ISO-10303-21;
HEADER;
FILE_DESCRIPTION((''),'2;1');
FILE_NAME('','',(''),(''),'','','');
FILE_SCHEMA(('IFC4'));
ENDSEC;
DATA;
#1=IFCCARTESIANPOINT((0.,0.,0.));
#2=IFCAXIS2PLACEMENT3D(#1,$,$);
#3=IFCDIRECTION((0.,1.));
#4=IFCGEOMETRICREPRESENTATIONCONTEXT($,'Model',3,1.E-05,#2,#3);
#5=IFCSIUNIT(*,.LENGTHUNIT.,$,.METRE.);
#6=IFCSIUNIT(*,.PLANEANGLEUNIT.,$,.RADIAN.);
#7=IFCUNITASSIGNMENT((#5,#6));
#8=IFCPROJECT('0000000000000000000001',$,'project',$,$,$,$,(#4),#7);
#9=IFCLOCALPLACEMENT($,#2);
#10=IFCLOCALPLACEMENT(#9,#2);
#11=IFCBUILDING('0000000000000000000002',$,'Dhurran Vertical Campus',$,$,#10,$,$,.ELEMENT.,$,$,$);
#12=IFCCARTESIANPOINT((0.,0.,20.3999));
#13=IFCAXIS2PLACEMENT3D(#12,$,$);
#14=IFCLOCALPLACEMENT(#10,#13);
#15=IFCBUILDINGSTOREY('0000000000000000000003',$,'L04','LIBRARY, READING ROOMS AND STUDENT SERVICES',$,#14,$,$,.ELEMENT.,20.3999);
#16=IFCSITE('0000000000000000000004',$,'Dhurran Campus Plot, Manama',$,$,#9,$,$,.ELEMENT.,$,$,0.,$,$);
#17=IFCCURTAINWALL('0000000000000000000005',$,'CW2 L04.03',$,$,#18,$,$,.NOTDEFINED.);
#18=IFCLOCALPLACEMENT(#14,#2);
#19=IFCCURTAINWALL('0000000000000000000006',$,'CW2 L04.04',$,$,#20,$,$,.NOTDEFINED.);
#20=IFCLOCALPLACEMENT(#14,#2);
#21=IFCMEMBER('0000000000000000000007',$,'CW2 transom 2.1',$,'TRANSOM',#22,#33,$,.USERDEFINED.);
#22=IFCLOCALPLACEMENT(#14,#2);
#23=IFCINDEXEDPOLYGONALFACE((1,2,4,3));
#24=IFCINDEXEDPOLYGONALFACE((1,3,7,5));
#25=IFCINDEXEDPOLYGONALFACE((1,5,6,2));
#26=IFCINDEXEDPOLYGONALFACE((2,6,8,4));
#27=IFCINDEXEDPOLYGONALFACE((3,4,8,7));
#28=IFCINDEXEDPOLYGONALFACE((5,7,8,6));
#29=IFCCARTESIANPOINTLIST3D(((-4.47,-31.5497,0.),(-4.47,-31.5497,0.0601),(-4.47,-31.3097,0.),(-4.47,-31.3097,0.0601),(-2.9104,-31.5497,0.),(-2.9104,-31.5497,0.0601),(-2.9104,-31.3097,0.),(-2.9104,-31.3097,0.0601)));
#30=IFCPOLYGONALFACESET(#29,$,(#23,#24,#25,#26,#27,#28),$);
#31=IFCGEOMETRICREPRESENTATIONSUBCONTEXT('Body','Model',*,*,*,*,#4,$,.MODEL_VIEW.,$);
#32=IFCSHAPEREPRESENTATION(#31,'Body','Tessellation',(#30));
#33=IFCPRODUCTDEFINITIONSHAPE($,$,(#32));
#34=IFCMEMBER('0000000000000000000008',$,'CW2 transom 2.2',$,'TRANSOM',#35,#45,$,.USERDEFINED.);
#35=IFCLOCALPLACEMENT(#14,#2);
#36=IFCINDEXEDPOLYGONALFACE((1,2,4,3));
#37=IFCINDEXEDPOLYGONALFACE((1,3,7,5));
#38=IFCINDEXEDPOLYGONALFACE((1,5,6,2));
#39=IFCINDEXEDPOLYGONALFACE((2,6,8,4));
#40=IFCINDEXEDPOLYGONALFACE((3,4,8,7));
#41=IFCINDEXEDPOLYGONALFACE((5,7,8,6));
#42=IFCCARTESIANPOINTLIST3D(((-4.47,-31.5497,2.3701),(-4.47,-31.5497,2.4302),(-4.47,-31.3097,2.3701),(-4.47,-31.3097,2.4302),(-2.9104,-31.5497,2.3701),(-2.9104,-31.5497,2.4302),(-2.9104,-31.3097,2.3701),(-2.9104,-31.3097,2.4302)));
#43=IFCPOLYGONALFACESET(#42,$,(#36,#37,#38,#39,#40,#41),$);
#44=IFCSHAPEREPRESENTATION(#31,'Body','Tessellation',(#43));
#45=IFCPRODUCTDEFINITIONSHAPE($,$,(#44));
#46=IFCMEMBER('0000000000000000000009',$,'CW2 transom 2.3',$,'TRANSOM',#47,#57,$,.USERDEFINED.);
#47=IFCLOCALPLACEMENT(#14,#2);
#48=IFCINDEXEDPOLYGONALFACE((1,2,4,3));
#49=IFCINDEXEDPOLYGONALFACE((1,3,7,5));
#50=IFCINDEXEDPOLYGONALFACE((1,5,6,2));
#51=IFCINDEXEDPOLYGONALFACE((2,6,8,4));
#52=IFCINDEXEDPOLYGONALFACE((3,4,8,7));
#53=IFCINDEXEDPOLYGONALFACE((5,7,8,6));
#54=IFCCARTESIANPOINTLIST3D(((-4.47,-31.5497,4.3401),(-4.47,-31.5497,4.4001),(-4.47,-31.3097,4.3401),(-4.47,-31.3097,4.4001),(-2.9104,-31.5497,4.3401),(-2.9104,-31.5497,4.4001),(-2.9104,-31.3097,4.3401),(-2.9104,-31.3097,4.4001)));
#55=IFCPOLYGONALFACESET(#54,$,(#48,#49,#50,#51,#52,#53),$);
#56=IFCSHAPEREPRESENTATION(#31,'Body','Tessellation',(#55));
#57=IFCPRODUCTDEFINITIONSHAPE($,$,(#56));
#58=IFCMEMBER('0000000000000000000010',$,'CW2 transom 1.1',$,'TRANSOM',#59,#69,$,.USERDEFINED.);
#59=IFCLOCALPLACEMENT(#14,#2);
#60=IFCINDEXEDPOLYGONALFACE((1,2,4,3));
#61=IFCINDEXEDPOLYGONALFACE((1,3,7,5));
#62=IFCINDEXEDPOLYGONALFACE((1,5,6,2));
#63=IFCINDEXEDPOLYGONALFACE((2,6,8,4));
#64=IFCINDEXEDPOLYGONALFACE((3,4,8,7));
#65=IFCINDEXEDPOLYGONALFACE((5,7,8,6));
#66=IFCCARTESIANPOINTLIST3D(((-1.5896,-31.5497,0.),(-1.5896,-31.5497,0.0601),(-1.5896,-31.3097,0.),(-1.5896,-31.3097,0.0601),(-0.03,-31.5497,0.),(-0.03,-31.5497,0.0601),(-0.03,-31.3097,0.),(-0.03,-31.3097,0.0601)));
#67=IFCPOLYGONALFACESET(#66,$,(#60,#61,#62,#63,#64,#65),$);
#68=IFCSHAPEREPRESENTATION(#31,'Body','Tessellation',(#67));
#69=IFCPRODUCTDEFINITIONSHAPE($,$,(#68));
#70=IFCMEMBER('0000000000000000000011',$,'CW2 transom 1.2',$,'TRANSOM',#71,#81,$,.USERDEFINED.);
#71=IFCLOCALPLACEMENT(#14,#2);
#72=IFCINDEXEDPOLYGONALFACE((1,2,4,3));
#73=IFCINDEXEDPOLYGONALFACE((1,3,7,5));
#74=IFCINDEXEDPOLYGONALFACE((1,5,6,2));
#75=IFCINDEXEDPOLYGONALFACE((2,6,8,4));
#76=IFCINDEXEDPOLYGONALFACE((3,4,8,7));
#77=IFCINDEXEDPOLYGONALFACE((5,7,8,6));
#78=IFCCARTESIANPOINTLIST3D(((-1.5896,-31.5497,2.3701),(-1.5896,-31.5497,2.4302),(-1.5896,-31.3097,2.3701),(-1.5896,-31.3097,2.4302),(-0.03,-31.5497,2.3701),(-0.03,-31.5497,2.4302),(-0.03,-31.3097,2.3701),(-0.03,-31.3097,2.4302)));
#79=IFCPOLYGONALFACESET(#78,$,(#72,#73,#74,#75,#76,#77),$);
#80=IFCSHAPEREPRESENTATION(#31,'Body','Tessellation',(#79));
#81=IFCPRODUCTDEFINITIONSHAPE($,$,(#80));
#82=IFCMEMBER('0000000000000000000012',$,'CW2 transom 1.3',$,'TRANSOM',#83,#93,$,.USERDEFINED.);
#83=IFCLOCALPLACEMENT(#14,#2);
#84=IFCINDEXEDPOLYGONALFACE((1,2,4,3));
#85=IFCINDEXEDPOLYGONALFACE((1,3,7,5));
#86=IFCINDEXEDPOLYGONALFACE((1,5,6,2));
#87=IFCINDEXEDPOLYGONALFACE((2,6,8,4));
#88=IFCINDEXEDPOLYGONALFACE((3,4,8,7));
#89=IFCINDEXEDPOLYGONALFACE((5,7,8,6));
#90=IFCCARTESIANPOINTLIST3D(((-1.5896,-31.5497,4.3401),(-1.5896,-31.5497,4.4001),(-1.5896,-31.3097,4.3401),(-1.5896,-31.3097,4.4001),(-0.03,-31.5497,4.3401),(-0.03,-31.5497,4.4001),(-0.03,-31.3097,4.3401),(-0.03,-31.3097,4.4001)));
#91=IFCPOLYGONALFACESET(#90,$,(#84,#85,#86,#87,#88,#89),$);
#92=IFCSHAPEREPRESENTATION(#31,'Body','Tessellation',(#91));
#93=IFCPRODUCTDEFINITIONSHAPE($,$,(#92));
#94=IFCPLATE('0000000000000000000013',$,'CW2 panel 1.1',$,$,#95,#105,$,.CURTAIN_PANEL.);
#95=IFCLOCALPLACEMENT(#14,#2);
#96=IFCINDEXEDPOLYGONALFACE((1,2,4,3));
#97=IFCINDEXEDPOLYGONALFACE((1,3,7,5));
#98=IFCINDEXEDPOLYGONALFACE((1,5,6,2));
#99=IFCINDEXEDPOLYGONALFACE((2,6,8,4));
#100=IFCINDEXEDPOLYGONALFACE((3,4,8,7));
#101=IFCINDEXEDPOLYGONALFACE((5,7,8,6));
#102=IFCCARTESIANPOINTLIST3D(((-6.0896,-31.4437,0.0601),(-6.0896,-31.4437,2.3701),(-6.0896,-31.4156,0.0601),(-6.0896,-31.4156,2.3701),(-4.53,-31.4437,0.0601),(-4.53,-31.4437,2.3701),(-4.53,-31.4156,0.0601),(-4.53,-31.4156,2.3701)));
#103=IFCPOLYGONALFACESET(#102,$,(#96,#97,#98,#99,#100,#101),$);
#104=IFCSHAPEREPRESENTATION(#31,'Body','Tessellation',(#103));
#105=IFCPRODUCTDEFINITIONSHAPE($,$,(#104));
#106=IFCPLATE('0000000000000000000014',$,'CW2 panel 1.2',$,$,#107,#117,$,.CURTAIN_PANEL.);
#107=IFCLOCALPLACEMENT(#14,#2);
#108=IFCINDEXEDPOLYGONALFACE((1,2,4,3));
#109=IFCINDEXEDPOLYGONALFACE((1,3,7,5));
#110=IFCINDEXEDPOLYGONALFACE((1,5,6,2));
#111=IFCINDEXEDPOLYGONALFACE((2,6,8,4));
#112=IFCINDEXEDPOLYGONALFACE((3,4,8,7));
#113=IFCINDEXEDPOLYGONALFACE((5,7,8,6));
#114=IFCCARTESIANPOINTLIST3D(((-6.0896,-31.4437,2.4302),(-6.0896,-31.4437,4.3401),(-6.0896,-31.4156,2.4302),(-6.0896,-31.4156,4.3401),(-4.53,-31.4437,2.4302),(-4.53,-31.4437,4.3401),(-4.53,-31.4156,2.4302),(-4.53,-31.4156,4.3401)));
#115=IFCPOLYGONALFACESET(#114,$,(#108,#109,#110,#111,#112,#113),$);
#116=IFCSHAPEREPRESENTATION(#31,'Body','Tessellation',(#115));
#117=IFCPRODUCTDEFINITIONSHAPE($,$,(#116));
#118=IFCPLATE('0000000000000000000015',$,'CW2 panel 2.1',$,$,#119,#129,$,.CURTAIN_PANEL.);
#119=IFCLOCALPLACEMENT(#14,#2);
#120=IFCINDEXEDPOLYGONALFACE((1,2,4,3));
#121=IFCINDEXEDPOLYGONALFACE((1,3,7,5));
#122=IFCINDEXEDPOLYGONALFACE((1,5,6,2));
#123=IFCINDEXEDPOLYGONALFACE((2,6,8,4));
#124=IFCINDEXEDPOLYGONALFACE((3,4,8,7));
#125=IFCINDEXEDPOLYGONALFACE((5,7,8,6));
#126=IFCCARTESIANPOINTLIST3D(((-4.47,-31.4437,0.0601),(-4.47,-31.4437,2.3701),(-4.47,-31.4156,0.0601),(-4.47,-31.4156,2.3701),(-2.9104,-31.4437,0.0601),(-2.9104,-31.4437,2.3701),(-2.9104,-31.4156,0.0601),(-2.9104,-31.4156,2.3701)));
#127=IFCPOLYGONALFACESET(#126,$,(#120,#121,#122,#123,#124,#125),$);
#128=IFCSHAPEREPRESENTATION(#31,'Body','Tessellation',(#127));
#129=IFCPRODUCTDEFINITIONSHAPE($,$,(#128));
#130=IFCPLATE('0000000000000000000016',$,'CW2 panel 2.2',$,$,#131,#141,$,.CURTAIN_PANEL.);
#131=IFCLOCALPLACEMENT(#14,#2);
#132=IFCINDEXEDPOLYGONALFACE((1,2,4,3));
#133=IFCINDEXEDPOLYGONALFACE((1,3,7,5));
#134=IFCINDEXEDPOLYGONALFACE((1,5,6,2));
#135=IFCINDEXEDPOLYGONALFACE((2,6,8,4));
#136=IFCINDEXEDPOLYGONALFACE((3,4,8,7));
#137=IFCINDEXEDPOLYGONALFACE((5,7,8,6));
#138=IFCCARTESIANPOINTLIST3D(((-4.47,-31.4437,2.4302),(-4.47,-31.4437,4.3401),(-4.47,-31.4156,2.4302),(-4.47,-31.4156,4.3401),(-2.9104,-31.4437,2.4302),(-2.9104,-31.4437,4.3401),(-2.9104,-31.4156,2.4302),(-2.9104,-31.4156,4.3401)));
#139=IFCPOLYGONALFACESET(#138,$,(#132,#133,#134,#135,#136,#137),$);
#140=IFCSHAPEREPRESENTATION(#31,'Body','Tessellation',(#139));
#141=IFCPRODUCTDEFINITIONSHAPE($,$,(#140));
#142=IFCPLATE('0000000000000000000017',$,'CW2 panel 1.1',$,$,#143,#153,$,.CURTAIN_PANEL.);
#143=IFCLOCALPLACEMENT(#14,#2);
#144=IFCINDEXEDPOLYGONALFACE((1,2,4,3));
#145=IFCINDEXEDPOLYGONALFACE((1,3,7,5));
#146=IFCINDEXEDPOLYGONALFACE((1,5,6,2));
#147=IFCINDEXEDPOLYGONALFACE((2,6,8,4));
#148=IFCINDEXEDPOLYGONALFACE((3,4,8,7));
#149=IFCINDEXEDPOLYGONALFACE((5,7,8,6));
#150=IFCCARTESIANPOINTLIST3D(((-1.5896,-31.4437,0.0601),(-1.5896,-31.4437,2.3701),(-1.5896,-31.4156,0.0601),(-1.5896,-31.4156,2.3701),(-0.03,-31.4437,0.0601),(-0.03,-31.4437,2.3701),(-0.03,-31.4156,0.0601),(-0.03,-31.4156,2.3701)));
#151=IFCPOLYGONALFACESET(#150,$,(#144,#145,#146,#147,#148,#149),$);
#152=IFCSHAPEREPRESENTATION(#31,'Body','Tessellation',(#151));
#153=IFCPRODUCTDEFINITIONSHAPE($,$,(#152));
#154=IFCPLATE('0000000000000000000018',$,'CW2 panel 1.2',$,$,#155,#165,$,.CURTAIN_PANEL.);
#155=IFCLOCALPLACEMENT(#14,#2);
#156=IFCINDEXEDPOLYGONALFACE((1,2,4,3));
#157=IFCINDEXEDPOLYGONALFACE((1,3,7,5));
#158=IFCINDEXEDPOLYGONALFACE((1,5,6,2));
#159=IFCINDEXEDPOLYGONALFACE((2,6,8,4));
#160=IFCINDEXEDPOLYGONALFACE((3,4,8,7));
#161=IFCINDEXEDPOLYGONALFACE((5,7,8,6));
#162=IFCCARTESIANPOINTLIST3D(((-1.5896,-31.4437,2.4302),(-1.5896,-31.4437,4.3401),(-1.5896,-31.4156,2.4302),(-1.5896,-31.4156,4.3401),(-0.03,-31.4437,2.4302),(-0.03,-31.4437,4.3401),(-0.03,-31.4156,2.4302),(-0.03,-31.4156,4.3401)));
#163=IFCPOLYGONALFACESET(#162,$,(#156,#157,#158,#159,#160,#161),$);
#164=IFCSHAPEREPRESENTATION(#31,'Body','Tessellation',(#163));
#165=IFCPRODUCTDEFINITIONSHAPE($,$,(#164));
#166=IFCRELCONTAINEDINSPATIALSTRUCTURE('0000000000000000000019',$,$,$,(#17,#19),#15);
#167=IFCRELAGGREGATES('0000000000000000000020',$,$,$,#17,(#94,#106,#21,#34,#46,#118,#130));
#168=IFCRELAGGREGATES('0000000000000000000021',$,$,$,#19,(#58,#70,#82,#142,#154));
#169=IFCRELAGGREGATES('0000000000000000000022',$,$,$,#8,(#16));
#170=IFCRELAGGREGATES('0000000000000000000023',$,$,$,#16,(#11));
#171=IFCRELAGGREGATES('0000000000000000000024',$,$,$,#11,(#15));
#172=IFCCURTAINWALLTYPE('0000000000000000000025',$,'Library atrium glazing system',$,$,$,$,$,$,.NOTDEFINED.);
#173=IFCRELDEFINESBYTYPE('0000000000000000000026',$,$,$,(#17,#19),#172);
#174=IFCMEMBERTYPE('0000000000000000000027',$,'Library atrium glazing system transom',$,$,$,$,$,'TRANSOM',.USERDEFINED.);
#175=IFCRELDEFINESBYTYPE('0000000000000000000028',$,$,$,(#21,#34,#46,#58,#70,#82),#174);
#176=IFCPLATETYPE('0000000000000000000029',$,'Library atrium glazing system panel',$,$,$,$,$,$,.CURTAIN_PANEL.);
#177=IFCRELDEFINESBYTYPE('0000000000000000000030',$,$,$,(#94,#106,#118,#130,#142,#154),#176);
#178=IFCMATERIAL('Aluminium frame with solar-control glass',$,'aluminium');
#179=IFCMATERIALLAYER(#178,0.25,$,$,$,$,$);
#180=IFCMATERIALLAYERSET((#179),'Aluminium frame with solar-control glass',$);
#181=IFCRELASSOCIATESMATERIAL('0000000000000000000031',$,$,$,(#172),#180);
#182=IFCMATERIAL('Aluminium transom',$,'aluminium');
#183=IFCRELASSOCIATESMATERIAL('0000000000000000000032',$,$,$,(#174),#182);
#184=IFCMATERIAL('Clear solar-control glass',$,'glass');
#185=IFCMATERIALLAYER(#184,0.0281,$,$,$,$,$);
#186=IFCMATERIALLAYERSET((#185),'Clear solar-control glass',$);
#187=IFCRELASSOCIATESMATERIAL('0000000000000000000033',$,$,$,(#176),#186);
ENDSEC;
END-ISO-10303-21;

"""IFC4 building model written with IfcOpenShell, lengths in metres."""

from ifc_helpers import new_model, si_unit, direction, frame, origin, origin_2d, place, context, subcontext, project, spatial, rectangle, extrude, material, layer, layer_set, material_profile, profile_set, type_object, element, aggregate, save


model = new_model("IFC4")

# Units and contexts
model_context = context("Model", 3, precision=1e-05, world=origin(), true_north=direction((0.0, 1.0)))
body_context = subcontext(model_context, "Body", "Model", "MODEL_VIEW")
ifc_project = project(units=[si_unit("LENGTHUNIT", "METRE"), si_unit("PLANEANGLEUNIT", "RADIAN")], contexts=[model_context])

# Site, building, storey
site_placement = place(None, origin())
site = spatial("IfcSite", under=ifc_project, at=site_placement, Name="Dhurran Campus Plot, Manama", CompositionType="ELEMENT", RefElevation=0.0)
building_placement = place(site_placement, origin())
building = spatial("IfcBuilding", under=site, at=building_placement, Name="Dhurran Vertical Campus", CompositionType="ELEMENT")
storey_placement = place(building_placement, frame((0.0, 0.0, 20.3999)))
storey = spatial("IfcBuildingStorey", under=building, at=storey_placement, Name="L04", Description="LIBRARY, READING ROOMS AND STUDENT SERVICES", CompositionType="ELEMENT", Elevation=20.3999)

# Curtain walls
ifc_material_1 = material(Name="Aluminium frame with solar-control glass", Category="aluminium")
ifc_layer_1 = layer(ifc_material_1, 0.25)
ifc_layer_set_1 = layer_set([ifc_layer_1], Name="Aluminium frame with solar-control glass")
curtain_wall_type = type_object("IfcCurtainWallType", Name="Library atrium glazing system", PredefinedType="NOTDEFINED", material=ifc_layer_set_1)
curtain_wall_1_placement = place(storey_placement, origin())
curtain_wall_1 = element("IfcCurtainWall", 1, at=curtain_wall_1_placement, inside=storey, type_object=curtain_wall_type, Name="CW2 L04.03", PredefinedType="NOTDEFINED")
curtain_wall_2_placement = place(storey_placement, origin())
curtain_wall_2 = element("IfcCurtainWall", 2, at=curtain_wall_2_placement, inside=storey, type_object=curtain_wall_type, Name="CW2 L04.04", PredefinedType="NOTDEFINED")

# Members
ifc_material_2 = material(Name="Aluminium transom", Category="aluminium")
ifc_material_profile_1 = material_profile(ifc_material_2, rectangle(XDim=0.24, YDim=0.0601, at=origin_2d()), Name="Library atrium glazing system transom")
ifc_profile_set_1 = profile_set([ifc_material_profile_1], Name="Aluminium transom")
member_type_1 = type_object("IfcMemberType", Name="Library atrium glazing system transom", ElementType="TRANSOM", PredefinedType="USERDEFINED", material=ifc_profile_set_1)
member_1_placement = place(storey_placement, frame((-4.47, -31.4297, 0.03), z_axis=(1.0, 0.0, 0.0), x_axis=(0.0, 1.0, 0.0)))
member_1 = element("IfcMember", 3, at=member_1_placement, type_object=member_type_1, Name="CW2 transom 2.1", ObjectType="TRANSOM", PredefinedType="USERDEFINED", context=body_context, shape_type="SweptSolid", body=[
    extrude(rectangle(XDim=0.24, YDim=0.0601, at=origin_2d()), origin(), (0.0, 0.0, 1.0), 1.5596),
])
member_2_placement = place(storey_placement, frame((-4.47, -31.4297, 2.4001), z_axis=(1.0, 0.0, 0.0), x_axis=(0.0, 1.0, 0.0)))
member_2 = element("IfcMember", 4, at=member_2_placement, type_object=member_type_1, Name="CW2 transom 2.2", ObjectType="TRANSOM", PredefinedType="USERDEFINED", context=body_context, shape_type="SweptSolid", body=[
    extrude(rectangle(XDim=0.24, YDim=0.0601, at=origin_2d()), origin(), (0.0, 0.0, 1.0), 1.5596),
])
member_3_placement = place(storey_placement, frame((-4.47, -31.4297, 4.3701), z_axis=(1.0, 0.0, 0.0), x_axis=(0.0, 1.0, 0.0)))
member_3 = element("IfcMember", 5, at=member_3_placement, type_object=member_type_1, Name="CW2 transom 2.3", ObjectType="TRANSOM", PredefinedType="USERDEFINED", context=body_context, shape_type="SweptSolid", body=[
    extrude(rectangle(XDim=0.24, YDim=0.0601, at=origin_2d()), origin(), (0.0, 0.0, 1.0), 1.5596),
])
member_4_placement = place(storey_placement, frame((-1.5896, -31.4297, 0.03), z_axis=(1.0, 0.0, 0.0), x_axis=(0.0, 1.0, 0.0)))
member_4 = element("IfcMember", 6, at=member_4_placement, type_object=member_type_1, Name="CW2 transom 1.1", ObjectType="TRANSOM", PredefinedType="USERDEFINED", context=body_context, shape_type="SweptSolid", body=[
    extrude(rectangle(XDim=0.24, YDim=0.0601, at=origin_2d()), origin(), (0.0, 0.0, 1.0), 1.5596),
])
member_5_placement = place(storey_placement, frame((-1.5896, -31.4297, 2.4001), z_axis=(1.0, 0.0, 0.0), x_axis=(0.0, 1.0, 0.0)))
member_5 = element("IfcMember", 7, at=member_5_placement, type_object=member_type_1, Name="CW2 transom 1.2", ObjectType="TRANSOM", PredefinedType="USERDEFINED", context=body_context, shape_type="SweptSolid", body=[
    extrude(rectangle(XDim=0.24, YDim=0.0601, at=origin_2d()), origin(), (0.0, 0.0, 1.0), 1.5596),
])
member_6_placement = place(storey_placement, frame((-1.5896, -31.4297, 4.3701), z_axis=(1.0, 0.0, 0.0), x_axis=(0.0, 1.0, 0.0)))
member_6 = element("IfcMember", 8, at=member_6_placement, type_object=member_type_1, Name="CW2 transom 1.3", ObjectType="TRANSOM", PredefinedType="USERDEFINED", context=body_context, shape_type="SweptSolid", body=[
    extrude(rectangle(XDim=0.24, YDim=0.0601, at=origin_2d()), origin(), (0.0, 0.0, 1.0), 1.5596),
])

# Plates
ifc_material_3 = material(Name="Clear solar-control glass", Category="glass")
ifc_layer_2 = layer(ifc_material_3, 0.0281)
ifc_layer_set_2 = layer_set([ifc_layer_2], Name="Clear solar-control glass")
plate_type = type_object("IfcPlateType", Name="Library atrium glazing system panel", PredefinedType="CURTAIN_PANEL", material=ifc_layer_set_2)
plate_1_placement = place(storey_placement, frame((-5.3098, -31.4297, 0.0601), z_axis=(0.0, 0.0, 1.0), x_axis=(1.0, 0.0, 0.0)))
plate_1 = element("IfcPlate", 9, at=plate_1_placement, type_object=plate_type, Name="CW2 panel 1.1", PredefinedType="CURTAIN_PANEL", context=body_context, shape_type="SweptSolid", body=[
    extrude(rectangle(XDim=1.5596, YDim=0.0281, at=origin_2d()), origin(), (0.0, 0.0, 1.0), 2.3101),
])
plate_2_placement = place(storey_placement, frame((-5.3098, -31.4297, 2.4302), z_axis=(0.0, 0.0, 1.0), x_axis=(1.0, 0.0, 0.0)))
plate_2 = element("IfcPlate", 10, at=plate_2_placement, type_object=plate_type, Name="CW2 panel 1.2", PredefinedType="CURTAIN_PANEL", context=body_context, shape_type="SweptSolid", body=[
    extrude(rectangle(XDim=1.5596, YDim=0.0281, at=origin_2d()), origin(), (0.0, 0.0, 1.0), 1.9099),
])
plate_3_placement = place(storey_placement, frame((-3.6902, -31.4297, 0.0601), z_axis=(0.0, 0.0, 1.0), x_axis=(1.0, 0.0, 0.0)))
plate_3 = element("IfcPlate", 11, at=plate_3_placement, type_object=plate_type, Name="CW2 panel 2.1", PredefinedType="CURTAIN_PANEL", context=body_context, shape_type="SweptSolid", body=[
    extrude(rectangle(XDim=1.5596, YDim=0.0281, at=origin_2d()), origin(), (0.0, 0.0, 1.0), 2.3101),
])
plate_4_placement = place(storey_placement, frame((-3.6902, -31.4297, 2.4302), z_axis=(0.0, 0.0, 1.0), x_axis=(1.0, 0.0, 0.0)))
plate_4 = element("IfcPlate", 12, at=plate_4_placement, type_object=plate_type, Name="CW2 panel 2.2", PredefinedType="CURTAIN_PANEL", context=body_context, shape_type="SweptSolid", body=[
    extrude(rectangle(XDim=1.5596, YDim=0.0281, at=origin_2d()), origin(), (0.0, 0.0, 1.0), 1.9099),
])
aggregate(curtain_wall_1, [plate_1, plate_2, member_1, member_2, member_3, plate_3, plate_4])
plate_5_placement = place(storey_placement, frame((-0.8098, -31.4297, 0.0601), z_axis=(0.0, 0.0, 1.0), x_axis=(1.0, 0.0, 0.0)))
plate_5 = element("IfcPlate", 13, at=plate_5_placement, type_object=plate_type, Name="CW2 panel 1.1", PredefinedType="CURTAIN_PANEL", context=body_context, shape_type="SweptSolid", body=[
    extrude(rectangle(XDim=1.5596, YDim=0.0281, at=origin_2d()), origin(), (0.0, 0.0, 1.0), 2.3101),
])
plate_6_placement = place(storey_placement, frame((-0.8098, -31.4297, 2.4302), z_axis=(0.0, 0.0, 1.0), x_axis=(1.0, 0.0, 0.0)))
plate_6 = element("IfcPlate", 14, at=plate_6_placement, type_object=plate_type, Name="CW2 panel 1.2", PredefinedType="CURTAIN_PANEL", context=body_context, shape_type="SweptSolid", body=[
    extrude(rectangle(XDim=1.5596, YDim=0.0281, at=origin_2d()), origin(), (0.0, 0.0, 1.0), 1.9099),
])
aggregate(curtain_wall_2, [member_4, member_5, member_6, plate_5, plate_6])

save(model, "model.ifc")
